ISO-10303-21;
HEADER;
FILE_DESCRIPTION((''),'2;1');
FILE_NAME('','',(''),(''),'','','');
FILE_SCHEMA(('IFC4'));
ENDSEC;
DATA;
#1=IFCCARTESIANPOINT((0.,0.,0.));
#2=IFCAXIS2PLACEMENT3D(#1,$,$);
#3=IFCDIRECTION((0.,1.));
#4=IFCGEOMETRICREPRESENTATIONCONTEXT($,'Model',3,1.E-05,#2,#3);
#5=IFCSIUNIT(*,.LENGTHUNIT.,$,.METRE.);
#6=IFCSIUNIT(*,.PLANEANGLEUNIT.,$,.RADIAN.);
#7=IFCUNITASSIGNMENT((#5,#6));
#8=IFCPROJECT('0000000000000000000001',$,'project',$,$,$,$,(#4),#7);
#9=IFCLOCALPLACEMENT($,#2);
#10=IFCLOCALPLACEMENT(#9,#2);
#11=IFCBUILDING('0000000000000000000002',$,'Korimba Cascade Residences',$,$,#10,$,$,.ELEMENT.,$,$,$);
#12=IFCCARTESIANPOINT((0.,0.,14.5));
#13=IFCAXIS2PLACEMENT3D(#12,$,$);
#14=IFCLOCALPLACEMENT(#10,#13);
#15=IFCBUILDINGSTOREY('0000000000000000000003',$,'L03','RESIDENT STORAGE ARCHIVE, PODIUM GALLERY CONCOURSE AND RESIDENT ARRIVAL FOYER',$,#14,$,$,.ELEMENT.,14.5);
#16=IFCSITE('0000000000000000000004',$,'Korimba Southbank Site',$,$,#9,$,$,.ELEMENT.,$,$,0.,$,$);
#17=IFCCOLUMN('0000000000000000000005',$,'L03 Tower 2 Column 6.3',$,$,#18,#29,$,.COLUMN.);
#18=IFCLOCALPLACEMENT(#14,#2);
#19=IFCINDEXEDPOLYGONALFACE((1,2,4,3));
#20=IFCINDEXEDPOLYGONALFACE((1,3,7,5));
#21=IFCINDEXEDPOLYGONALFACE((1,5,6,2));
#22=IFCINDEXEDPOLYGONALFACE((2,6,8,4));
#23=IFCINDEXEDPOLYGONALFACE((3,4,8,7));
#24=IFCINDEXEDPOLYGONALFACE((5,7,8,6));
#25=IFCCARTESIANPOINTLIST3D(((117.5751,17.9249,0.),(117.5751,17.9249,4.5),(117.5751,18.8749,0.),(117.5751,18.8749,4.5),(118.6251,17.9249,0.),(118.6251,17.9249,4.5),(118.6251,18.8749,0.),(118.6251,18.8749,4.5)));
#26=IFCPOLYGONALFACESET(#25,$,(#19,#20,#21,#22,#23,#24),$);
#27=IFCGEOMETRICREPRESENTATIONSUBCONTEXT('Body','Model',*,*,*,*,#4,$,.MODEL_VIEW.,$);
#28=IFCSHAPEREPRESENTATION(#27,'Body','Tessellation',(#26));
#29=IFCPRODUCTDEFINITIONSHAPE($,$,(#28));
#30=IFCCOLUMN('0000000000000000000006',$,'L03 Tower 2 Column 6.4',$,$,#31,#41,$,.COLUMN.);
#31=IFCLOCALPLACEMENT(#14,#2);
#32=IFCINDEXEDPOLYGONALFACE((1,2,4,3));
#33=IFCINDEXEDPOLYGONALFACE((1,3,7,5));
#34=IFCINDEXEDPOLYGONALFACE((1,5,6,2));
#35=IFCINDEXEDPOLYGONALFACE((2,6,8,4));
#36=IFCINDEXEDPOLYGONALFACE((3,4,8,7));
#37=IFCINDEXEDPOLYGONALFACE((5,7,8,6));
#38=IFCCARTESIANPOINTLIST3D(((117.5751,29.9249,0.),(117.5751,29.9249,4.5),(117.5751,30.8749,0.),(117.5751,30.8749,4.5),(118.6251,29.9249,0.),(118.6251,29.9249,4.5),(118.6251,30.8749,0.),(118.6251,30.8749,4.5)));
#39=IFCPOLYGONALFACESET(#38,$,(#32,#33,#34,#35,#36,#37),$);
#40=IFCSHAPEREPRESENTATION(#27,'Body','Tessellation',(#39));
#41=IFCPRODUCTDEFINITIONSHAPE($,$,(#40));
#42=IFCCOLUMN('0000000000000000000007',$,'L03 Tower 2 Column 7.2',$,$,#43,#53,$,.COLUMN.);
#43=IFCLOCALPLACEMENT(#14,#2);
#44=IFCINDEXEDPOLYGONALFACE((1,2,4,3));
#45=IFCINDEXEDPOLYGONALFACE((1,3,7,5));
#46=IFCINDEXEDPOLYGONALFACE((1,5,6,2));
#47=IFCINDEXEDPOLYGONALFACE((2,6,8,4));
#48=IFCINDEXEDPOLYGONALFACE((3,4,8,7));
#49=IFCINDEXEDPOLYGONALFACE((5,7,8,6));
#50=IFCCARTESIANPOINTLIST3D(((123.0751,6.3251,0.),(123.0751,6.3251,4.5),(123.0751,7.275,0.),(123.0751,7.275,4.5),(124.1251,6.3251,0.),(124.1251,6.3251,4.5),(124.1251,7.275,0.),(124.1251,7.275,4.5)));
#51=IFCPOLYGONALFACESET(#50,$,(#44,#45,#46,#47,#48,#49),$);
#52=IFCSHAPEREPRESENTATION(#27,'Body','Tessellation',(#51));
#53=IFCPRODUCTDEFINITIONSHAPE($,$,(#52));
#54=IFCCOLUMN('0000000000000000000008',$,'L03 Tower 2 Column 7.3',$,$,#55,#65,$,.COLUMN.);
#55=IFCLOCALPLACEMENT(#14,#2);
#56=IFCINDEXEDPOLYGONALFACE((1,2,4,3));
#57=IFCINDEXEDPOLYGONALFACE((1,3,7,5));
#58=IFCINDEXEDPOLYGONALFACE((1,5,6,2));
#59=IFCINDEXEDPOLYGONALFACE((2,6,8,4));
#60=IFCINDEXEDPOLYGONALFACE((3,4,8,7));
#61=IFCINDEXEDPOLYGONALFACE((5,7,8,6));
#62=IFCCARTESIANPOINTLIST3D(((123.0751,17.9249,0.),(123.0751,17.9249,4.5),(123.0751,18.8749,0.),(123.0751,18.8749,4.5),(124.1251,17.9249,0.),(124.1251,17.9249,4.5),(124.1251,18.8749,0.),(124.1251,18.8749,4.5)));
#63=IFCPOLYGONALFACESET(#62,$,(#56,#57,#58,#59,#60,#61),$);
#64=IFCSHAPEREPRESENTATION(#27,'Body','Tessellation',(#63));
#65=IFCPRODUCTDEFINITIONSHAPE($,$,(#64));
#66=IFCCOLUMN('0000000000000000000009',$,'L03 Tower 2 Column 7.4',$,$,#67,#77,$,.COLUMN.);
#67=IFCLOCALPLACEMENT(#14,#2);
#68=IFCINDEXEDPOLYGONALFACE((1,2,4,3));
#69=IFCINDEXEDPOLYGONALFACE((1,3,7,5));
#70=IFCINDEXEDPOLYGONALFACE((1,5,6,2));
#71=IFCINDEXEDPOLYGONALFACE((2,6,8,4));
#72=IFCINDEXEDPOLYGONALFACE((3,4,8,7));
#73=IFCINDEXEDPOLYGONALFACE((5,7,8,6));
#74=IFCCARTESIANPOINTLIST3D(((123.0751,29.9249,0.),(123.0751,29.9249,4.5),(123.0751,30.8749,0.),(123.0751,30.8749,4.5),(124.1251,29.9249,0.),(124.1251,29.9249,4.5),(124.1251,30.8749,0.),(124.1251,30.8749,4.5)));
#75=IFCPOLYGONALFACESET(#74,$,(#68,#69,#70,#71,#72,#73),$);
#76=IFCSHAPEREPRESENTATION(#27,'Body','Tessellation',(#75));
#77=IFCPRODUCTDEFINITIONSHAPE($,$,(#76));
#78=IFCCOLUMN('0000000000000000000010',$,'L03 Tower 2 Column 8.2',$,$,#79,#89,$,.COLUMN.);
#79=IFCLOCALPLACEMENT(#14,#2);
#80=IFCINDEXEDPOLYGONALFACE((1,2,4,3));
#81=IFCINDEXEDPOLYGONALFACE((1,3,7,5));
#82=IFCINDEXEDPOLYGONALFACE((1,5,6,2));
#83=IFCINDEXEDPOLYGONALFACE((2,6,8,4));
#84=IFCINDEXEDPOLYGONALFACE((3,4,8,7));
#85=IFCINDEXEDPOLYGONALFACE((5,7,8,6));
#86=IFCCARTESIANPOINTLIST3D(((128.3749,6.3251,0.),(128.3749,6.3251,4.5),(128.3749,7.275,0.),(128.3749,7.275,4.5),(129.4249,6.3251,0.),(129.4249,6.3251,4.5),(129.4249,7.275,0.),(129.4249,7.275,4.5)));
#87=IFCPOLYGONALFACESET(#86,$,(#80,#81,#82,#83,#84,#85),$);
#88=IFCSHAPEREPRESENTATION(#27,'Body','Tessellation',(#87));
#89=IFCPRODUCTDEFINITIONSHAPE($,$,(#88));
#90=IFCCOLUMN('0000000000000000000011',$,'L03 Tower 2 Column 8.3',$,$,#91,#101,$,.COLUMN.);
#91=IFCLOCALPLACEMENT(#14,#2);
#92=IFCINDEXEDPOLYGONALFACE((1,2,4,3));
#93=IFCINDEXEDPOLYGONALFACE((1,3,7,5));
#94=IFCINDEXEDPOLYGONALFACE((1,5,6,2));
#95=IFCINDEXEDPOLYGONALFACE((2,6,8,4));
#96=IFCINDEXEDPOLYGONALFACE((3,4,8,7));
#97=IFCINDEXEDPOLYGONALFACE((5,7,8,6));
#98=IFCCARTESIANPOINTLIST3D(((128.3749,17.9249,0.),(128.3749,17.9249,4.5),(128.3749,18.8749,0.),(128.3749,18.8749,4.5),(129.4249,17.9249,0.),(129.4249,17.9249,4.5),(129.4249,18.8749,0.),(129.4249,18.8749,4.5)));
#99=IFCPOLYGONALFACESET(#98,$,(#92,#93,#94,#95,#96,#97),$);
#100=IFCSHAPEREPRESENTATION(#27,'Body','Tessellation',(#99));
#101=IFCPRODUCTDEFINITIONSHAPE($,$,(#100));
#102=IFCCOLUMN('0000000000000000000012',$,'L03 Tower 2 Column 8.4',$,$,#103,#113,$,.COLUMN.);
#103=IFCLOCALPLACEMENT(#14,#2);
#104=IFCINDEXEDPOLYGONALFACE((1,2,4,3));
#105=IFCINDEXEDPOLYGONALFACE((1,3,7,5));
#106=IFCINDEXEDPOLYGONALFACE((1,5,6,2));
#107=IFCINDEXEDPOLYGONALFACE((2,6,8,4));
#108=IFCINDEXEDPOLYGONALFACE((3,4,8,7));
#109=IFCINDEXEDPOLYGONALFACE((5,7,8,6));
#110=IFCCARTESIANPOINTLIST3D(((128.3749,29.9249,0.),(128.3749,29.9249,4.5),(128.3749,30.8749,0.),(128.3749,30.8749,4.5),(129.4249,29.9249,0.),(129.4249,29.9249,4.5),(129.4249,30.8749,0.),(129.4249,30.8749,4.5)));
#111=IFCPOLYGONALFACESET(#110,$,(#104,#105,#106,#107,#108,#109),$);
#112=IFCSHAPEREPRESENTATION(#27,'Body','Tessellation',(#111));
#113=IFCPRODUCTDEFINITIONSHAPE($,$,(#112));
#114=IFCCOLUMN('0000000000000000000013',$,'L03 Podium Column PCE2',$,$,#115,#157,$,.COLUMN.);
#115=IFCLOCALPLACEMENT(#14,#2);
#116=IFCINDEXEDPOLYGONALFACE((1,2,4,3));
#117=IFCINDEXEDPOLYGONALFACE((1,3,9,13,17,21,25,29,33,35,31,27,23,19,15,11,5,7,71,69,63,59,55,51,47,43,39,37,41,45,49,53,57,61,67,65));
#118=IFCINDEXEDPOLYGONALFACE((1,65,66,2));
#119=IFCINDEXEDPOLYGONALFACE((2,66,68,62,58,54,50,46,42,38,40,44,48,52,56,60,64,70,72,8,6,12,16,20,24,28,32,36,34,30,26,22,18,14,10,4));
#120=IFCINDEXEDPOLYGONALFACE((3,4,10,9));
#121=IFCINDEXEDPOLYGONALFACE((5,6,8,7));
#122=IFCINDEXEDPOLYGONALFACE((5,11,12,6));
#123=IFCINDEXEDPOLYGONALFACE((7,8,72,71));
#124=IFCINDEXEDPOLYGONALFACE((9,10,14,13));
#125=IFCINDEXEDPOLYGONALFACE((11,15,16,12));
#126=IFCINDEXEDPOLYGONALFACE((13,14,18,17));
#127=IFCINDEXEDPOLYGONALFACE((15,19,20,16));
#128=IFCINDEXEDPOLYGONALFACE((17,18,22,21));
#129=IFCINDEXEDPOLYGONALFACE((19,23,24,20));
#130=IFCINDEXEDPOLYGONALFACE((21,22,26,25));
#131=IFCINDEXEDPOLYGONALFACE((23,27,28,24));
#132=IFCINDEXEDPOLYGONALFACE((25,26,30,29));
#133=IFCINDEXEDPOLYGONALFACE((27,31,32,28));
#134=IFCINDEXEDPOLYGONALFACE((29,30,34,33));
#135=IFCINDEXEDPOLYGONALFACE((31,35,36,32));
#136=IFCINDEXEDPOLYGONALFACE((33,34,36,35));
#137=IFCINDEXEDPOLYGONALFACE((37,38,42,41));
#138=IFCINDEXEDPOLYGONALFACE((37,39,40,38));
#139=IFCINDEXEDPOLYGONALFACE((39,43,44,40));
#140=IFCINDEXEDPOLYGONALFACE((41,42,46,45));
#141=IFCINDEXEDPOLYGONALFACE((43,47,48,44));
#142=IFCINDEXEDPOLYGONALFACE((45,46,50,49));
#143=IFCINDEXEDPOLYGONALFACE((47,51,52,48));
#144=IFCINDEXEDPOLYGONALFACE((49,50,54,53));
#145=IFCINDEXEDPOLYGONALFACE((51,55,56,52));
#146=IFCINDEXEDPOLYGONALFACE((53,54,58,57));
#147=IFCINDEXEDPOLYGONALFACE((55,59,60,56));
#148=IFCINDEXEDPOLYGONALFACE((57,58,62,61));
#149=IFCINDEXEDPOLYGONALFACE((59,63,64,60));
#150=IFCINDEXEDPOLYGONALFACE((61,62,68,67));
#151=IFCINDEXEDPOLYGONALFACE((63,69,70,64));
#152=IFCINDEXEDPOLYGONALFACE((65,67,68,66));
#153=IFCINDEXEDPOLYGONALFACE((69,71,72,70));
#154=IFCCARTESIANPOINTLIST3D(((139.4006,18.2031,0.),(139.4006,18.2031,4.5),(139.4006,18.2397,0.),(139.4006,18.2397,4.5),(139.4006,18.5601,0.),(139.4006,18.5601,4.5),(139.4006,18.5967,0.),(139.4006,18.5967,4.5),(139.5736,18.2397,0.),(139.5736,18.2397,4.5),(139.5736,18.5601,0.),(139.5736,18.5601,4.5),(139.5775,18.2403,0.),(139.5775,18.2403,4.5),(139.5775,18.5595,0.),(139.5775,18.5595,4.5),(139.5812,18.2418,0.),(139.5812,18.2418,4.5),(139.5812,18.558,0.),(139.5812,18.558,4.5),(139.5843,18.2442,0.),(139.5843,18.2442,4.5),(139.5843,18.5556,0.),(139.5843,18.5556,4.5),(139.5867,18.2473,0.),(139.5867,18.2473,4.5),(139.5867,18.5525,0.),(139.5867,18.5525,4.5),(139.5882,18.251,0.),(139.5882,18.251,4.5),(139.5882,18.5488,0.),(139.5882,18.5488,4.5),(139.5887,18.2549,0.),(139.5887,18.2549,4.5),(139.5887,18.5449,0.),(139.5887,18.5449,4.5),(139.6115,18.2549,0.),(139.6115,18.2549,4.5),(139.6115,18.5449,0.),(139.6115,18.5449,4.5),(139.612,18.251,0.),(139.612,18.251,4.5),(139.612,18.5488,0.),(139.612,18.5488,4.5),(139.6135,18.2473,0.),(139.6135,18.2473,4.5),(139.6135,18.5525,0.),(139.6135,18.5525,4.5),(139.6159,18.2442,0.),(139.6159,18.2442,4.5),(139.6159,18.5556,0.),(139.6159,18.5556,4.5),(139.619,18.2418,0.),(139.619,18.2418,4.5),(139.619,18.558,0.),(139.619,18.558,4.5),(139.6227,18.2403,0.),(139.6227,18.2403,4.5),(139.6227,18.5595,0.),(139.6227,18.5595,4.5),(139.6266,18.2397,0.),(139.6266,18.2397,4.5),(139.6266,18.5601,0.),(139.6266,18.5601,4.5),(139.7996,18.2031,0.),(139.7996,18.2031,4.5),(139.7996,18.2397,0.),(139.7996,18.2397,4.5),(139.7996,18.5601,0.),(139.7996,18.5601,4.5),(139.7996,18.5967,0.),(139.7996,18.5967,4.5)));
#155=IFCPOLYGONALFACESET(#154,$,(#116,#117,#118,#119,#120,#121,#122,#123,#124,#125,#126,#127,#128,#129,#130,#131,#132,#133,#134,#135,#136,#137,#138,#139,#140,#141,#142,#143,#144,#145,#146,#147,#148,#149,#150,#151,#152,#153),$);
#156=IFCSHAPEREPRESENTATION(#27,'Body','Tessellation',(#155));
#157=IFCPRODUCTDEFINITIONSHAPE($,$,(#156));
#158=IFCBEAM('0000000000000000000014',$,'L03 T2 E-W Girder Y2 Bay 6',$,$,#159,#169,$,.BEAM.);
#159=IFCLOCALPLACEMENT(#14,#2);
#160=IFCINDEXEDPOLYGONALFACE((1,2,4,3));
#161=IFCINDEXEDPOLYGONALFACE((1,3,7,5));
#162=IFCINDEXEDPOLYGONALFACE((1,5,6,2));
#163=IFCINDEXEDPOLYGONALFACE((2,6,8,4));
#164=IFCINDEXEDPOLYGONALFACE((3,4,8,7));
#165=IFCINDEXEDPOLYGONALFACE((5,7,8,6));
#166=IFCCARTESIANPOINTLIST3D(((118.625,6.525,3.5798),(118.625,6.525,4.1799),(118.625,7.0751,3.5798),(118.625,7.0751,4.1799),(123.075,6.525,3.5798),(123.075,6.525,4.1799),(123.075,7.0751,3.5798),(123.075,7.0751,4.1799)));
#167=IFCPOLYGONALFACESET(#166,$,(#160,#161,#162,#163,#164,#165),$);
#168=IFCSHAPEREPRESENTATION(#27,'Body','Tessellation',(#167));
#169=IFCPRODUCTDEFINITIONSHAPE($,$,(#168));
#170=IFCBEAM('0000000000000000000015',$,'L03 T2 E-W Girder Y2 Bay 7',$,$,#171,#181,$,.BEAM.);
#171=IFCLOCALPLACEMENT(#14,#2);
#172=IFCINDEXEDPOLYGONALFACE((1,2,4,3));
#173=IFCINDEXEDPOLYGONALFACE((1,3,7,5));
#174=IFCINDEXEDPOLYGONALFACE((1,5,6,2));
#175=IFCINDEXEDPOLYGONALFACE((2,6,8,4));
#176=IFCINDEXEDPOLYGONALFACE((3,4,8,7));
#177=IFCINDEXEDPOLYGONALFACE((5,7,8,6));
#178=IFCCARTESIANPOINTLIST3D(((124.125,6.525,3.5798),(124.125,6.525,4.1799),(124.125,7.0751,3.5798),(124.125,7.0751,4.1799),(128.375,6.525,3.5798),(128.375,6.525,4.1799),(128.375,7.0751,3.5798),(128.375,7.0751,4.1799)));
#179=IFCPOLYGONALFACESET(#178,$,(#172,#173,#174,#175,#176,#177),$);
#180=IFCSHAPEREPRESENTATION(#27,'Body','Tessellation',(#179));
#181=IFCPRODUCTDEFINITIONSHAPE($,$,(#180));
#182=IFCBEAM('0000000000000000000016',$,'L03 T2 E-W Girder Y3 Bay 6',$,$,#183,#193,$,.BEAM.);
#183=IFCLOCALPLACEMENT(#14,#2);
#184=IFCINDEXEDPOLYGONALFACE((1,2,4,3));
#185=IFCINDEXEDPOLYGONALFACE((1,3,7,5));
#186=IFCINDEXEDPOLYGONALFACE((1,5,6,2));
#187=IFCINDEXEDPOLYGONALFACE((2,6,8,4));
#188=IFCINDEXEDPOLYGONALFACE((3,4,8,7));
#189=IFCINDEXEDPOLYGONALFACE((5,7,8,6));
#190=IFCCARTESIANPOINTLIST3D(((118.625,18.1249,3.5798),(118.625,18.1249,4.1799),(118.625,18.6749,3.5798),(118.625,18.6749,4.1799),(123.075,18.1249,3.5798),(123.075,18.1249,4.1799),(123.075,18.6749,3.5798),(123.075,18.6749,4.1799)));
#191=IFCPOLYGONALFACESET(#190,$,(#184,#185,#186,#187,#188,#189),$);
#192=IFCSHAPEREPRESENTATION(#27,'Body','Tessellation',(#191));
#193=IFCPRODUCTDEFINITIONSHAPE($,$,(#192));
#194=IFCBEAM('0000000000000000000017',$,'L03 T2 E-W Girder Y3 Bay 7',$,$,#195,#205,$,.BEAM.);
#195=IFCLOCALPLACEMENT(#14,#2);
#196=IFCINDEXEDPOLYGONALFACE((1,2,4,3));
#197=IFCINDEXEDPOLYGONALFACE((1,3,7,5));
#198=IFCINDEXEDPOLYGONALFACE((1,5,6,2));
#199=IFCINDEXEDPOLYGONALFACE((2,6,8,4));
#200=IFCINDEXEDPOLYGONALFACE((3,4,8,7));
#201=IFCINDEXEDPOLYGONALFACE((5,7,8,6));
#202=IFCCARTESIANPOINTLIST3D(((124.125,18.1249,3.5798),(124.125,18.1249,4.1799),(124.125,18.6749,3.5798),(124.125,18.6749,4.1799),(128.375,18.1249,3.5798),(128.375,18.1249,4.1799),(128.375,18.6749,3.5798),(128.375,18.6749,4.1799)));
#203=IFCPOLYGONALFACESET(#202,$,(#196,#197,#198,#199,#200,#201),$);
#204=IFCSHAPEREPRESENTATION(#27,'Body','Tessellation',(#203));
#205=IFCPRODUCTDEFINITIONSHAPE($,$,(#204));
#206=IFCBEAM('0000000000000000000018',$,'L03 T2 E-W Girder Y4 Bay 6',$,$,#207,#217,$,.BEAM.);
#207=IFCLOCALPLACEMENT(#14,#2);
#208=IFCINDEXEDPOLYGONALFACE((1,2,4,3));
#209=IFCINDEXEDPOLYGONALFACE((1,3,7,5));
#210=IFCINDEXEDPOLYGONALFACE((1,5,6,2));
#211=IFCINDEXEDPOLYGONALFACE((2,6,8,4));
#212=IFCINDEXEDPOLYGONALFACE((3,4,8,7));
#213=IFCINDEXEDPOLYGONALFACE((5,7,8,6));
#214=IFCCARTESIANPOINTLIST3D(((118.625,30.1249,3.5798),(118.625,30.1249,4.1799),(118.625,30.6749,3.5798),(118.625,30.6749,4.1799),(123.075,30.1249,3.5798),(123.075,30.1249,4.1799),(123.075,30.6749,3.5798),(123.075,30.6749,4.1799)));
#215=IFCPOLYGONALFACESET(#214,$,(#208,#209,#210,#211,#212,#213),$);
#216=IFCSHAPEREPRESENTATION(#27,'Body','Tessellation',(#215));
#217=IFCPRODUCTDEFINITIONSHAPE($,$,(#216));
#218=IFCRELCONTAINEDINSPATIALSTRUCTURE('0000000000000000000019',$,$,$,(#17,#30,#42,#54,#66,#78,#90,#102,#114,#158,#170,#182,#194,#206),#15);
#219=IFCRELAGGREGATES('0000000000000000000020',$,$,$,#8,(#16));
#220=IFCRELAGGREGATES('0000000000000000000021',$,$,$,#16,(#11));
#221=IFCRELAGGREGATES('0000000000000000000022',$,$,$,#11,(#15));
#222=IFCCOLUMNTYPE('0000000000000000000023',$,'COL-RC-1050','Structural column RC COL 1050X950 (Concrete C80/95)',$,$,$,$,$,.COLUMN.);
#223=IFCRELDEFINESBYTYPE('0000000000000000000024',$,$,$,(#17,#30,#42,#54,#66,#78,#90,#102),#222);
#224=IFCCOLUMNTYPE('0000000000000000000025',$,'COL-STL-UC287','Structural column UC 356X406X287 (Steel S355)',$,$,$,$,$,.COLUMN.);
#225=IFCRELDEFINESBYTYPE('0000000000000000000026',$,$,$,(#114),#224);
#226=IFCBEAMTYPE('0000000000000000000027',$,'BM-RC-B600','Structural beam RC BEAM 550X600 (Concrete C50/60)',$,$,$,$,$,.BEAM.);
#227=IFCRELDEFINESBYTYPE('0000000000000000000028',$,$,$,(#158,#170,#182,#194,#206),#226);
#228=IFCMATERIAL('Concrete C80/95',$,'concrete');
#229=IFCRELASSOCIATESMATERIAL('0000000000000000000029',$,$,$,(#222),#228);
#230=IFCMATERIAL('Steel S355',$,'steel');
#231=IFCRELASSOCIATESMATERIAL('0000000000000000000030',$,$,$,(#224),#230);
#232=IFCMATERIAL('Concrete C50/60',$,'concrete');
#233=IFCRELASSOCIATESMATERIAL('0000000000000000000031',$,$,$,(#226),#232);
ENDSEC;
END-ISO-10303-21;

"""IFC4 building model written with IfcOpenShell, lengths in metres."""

from ifc_helpers import new_model, si_unit, direction, frame, origin, origin_2d, place, context, subcontext, project, spatial, rectangle, i_section, extrude, material, material_profile, profile_set, type_object, element, save


model = new_model("IFC4")

# Units and contexts
model_context = context("Model", 3, precision=1e-05, world=origin(), true_north=direction((0.0, 1.0)))
body_context = subcontext(model_context, "Body", "Model", "MODEL_VIEW")
ifc_project = project(units=[si_unit("LENGTHUNIT", "METRE"), si_unit("PLANEANGLEUNIT", "RADIAN")], contexts=[model_context])

# Site, building, storey
site_placement = place(None, origin())
site = spatial("IfcSite", under=ifc_project, at=site_placement, Name="Korimba Southbank Site", CompositionType="ELEMENT", RefElevation=0.0)
building_placement = place(site_placement, origin())
building = spatial("IfcBuilding", under=site, at=building_placement, Name="Korimba Cascade Residences", CompositionType="ELEMENT")
storey_placement = place(building_placement, frame((0.0, 0.0, 14.5)))
storey = spatial("IfcBuildingStorey", under=building, at=storey_placement, Name="L03", Description="RESIDENT STORAGE ARCHIVE, PODIUM GALLERY CONCOURSE AND RESIDENT ARRIVAL FOYER", CompositionType="ELEMENT", Elevation=14.5)

# Columns
ifc_material_1 = material(Name="Concrete C80/95", Category="concrete")
ifc_material_profile_1 = material_profile(ifc_material_1, rectangle(XDim=1.05, YDim=0.95, at=origin_2d()), Name="Concrete C80/95")
ifc_profile_set_1 = profile_set([ifc_material_profile_1], Name="Concrete C80/95")
column_type_1 = type_object("IfcColumnType", Name="COL-RC-1050", Description="Structural column RC COL 1050X950 (Concrete C80/95)", PredefinedType="COLUMN", material=ifc_profile_set_1)
for number, where, z_axis, x_axis, name in (
    (1, (118.1001, 18.3999, 0.0), (0.0, 0.0, 1.0), (1.0, 0.0, 0.0), "L03 Tower 2 Column 6.3"),
    (2, (118.1001, 30.3999, 0.0), (0.0, 0.0, 1.0), (1.0, 0.0, 0.0), "L03 Tower 2 Column 6.4"),
    (3, (123.6001, 6.8, 0.0), (0.0, 0.0, 1.0), (1.0, 0.0, 0.0), "L03 Tower 2 Column 7.2"),
    (4, (123.6001, 18.3999, 0.0), (0.0, 0.0, 1.0), (1.0, 0.0, 0.0), "L03 Tower 2 Column 7.3"),
    (5, (123.6001, 30.3999, 0.0), (0.0, 0.0, 1.0), (1.0, 0.0, 0.0), "L03 Tower 2 Column 7.4"),
    (6, (128.8999, 6.8, 0.0), (0.0, 0.0, 1.0), (1.0, 0.0, 0.0), "L03 Tower 2 Column 8.2"),
    (7, (128.8999, 18.3999, 0.0), (0.0, 0.0, 1.0), (1.0, 0.0, 0.0), "L03 Tower 2 Column 8.3"),
    (8, (128.8999, 30.3999, 0.0), (0.0, 0.0, 1.0), (1.0, 0.0, 0.0), "L03 Tower 2 Column 8.4"),
):
    element("IfcColumn", number, at=place(storey_placement, frame(where, z_axis=z_axis, x_axis=x_axis)), inside=storey, type_object=column_type_1, Name=name, PredefinedType="COLUMN", context=body_context, shape_type="SweptSolid", body=[
        extrude(rectangle(XDim=1.05, YDim=0.95, at=origin_2d()), origin(), (0.0, 0.0, 1.0), 4.5),
    ])
ifc_material_2 = material(Name="Steel S355", Category="steel")
ifc_material_profile_2 = material_profile(ifc_material_2, i_section(OverallWidth=0.3989, OverallDepth=0.3936, WebThickness=0.0227, FlangeThickness=0.0366, FilletRadius=0.0151, at=origin_2d()), Name="Steel S355")
ifc_profile_set_2 = profile_set([ifc_material_profile_2], Name="Steel S355")
column_type_2 = type_object("IfcColumnType", Name="COL-STL-UC287", Description="Structural column UC 356X406X287 (Steel S355)", PredefinedType="COLUMN", material=ifc_profile_set_2)
column_placement = place(storey_placement, frame((139.6001, 18.3999, 0.0), z_axis=(0.0, 0.0, 1.0), x_axis=(1.0, 0.0, 0.0)))
element("IfcColumn", 9, at=column_placement, inside=storey, type_object=column_type_2, Name="L03 Podium Column PCE2", PredefinedType="COLUMN", context=body_context, shape_type="SweptSolid", body=[
    extrude(i_section(OverallWidth=0.3989, OverallDepth=0.3936, WebThickness=0.0227, FlangeThickness=0.0366, FilletRadius=0.0151, at=origin_2d()), origin(), (0.0, 0.0, 1.0), 4.5),
])

# Beams
ifc_material_3 = material(Name="Concrete C50/60", Category="concrete")
ifc_material_profile_3 = material_profile(ifc_material_3, rectangle(XDim=0.55, YDim=0.6001, at=origin_2d()), Name="Concrete C50/60")
ifc_profile_set_3 = profile_set([ifc_material_profile_3], Name="Concrete C50/60")
beam_type_1 = type_object("IfcBeamType", Name="BM-RC-B600", Description="Structural beam RC BEAM 550X600 (Concrete C50/60)", PredefinedType="BEAM", material=ifc_profile_set_3)
beam_1_placement = place(storey_placement, frame((118.625, 6.8, 3.8799), z_axis=(1.0, 0.0, 0.0), x_axis=(0.0, 1.0, 0.0)))
element("IfcBeam", 10, at=beam_1_placement, inside=storey, type_object=beam_type_1, Name="L03 T2 E-W Girder Y2 Bay 6", PredefinedType="BEAM", context=body_context, shape_type="SweptSolid", body=[
    extrude(rectangle(XDim=0.55, YDim=0.6001, at=origin_2d()), origin(), (0.0, 0.0, 1.0), 4.45),
])
beam_2_placement = place(storey_placement, frame((124.125, 6.8, 3.8799), z_axis=(1.0, 0.0, 0.0), x_axis=(0.0, 1.0, 0.0)))
element("IfcBeam", 11, at=beam_2_placement, inside=storey, type_object=beam_type_1, Name="L03 T2 E-W Girder Y2 Bay 7", PredefinedType="BEAM", context=body_context, shape_type="SweptSolid", body=[
    extrude(rectangle(XDim=0.55, YDim=0.6001, at=origin_2d()), origin(), (0.0, 0.0, 1.0), 4.25),
])
beam_3_placement = place(storey_placement, frame((118.625, 18.3999, 3.8799), z_axis=(1.0, 0.0, 0.0), x_axis=(0.0, 1.0, 0.0)))
element("IfcBeam", 12, at=beam_3_placement, inside=storey, type_object=beam_type_1, Name="L03 T2 E-W Girder Y3 Bay 6", PredefinedType="BEAM", context=body_context, shape_type="SweptSolid", body=[
    extrude(rectangle(XDim=0.55, YDim=0.6001, at=origin_2d()), origin(), (0.0, 0.0, 1.0), 4.45),
])
beam_4_placement = place(storey_placement, frame((124.125, 18.3999, 3.8799), z_axis=(1.0, 0.0, 0.0), x_axis=(0.0, 1.0, 0.0)))
element("IfcBeam", 13, at=beam_4_placement, inside=storey, type_object=beam_type_1, Name="L03 T2 E-W Girder Y3 Bay 7", PredefinedType="BEAM", context=body_context, shape_type="SweptSolid", body=[
    extrude(rectangle(XDim=0.55, YDim=0.6001, at=origin_2d()), origin(), (0.0, 0.0, 1.0), 4.25),
])
beam_5_placement = place(storey_placement, frame((118.625, 30.3999, 3.8799), z_axis=(1.0, 0.0, 0.0), x_axis=(0.0, 1.0, 0.0)))
element("IfcBeam", 14, at=beam_5_placement, inside=storey, type_object=beam_type_1, Name="L03 T2 E-W Girder Y4 Bay 6", PredefinedType="BEAM", context=body_context, shape_type="SweptSolid", body=[
    extrude(rectangle(XDim=0.55, YDim=0.6001, at=origin_2d()), origin(), (0.0, 0.0, 1.0), 4.45),
])

save(model, "model.ifc")
